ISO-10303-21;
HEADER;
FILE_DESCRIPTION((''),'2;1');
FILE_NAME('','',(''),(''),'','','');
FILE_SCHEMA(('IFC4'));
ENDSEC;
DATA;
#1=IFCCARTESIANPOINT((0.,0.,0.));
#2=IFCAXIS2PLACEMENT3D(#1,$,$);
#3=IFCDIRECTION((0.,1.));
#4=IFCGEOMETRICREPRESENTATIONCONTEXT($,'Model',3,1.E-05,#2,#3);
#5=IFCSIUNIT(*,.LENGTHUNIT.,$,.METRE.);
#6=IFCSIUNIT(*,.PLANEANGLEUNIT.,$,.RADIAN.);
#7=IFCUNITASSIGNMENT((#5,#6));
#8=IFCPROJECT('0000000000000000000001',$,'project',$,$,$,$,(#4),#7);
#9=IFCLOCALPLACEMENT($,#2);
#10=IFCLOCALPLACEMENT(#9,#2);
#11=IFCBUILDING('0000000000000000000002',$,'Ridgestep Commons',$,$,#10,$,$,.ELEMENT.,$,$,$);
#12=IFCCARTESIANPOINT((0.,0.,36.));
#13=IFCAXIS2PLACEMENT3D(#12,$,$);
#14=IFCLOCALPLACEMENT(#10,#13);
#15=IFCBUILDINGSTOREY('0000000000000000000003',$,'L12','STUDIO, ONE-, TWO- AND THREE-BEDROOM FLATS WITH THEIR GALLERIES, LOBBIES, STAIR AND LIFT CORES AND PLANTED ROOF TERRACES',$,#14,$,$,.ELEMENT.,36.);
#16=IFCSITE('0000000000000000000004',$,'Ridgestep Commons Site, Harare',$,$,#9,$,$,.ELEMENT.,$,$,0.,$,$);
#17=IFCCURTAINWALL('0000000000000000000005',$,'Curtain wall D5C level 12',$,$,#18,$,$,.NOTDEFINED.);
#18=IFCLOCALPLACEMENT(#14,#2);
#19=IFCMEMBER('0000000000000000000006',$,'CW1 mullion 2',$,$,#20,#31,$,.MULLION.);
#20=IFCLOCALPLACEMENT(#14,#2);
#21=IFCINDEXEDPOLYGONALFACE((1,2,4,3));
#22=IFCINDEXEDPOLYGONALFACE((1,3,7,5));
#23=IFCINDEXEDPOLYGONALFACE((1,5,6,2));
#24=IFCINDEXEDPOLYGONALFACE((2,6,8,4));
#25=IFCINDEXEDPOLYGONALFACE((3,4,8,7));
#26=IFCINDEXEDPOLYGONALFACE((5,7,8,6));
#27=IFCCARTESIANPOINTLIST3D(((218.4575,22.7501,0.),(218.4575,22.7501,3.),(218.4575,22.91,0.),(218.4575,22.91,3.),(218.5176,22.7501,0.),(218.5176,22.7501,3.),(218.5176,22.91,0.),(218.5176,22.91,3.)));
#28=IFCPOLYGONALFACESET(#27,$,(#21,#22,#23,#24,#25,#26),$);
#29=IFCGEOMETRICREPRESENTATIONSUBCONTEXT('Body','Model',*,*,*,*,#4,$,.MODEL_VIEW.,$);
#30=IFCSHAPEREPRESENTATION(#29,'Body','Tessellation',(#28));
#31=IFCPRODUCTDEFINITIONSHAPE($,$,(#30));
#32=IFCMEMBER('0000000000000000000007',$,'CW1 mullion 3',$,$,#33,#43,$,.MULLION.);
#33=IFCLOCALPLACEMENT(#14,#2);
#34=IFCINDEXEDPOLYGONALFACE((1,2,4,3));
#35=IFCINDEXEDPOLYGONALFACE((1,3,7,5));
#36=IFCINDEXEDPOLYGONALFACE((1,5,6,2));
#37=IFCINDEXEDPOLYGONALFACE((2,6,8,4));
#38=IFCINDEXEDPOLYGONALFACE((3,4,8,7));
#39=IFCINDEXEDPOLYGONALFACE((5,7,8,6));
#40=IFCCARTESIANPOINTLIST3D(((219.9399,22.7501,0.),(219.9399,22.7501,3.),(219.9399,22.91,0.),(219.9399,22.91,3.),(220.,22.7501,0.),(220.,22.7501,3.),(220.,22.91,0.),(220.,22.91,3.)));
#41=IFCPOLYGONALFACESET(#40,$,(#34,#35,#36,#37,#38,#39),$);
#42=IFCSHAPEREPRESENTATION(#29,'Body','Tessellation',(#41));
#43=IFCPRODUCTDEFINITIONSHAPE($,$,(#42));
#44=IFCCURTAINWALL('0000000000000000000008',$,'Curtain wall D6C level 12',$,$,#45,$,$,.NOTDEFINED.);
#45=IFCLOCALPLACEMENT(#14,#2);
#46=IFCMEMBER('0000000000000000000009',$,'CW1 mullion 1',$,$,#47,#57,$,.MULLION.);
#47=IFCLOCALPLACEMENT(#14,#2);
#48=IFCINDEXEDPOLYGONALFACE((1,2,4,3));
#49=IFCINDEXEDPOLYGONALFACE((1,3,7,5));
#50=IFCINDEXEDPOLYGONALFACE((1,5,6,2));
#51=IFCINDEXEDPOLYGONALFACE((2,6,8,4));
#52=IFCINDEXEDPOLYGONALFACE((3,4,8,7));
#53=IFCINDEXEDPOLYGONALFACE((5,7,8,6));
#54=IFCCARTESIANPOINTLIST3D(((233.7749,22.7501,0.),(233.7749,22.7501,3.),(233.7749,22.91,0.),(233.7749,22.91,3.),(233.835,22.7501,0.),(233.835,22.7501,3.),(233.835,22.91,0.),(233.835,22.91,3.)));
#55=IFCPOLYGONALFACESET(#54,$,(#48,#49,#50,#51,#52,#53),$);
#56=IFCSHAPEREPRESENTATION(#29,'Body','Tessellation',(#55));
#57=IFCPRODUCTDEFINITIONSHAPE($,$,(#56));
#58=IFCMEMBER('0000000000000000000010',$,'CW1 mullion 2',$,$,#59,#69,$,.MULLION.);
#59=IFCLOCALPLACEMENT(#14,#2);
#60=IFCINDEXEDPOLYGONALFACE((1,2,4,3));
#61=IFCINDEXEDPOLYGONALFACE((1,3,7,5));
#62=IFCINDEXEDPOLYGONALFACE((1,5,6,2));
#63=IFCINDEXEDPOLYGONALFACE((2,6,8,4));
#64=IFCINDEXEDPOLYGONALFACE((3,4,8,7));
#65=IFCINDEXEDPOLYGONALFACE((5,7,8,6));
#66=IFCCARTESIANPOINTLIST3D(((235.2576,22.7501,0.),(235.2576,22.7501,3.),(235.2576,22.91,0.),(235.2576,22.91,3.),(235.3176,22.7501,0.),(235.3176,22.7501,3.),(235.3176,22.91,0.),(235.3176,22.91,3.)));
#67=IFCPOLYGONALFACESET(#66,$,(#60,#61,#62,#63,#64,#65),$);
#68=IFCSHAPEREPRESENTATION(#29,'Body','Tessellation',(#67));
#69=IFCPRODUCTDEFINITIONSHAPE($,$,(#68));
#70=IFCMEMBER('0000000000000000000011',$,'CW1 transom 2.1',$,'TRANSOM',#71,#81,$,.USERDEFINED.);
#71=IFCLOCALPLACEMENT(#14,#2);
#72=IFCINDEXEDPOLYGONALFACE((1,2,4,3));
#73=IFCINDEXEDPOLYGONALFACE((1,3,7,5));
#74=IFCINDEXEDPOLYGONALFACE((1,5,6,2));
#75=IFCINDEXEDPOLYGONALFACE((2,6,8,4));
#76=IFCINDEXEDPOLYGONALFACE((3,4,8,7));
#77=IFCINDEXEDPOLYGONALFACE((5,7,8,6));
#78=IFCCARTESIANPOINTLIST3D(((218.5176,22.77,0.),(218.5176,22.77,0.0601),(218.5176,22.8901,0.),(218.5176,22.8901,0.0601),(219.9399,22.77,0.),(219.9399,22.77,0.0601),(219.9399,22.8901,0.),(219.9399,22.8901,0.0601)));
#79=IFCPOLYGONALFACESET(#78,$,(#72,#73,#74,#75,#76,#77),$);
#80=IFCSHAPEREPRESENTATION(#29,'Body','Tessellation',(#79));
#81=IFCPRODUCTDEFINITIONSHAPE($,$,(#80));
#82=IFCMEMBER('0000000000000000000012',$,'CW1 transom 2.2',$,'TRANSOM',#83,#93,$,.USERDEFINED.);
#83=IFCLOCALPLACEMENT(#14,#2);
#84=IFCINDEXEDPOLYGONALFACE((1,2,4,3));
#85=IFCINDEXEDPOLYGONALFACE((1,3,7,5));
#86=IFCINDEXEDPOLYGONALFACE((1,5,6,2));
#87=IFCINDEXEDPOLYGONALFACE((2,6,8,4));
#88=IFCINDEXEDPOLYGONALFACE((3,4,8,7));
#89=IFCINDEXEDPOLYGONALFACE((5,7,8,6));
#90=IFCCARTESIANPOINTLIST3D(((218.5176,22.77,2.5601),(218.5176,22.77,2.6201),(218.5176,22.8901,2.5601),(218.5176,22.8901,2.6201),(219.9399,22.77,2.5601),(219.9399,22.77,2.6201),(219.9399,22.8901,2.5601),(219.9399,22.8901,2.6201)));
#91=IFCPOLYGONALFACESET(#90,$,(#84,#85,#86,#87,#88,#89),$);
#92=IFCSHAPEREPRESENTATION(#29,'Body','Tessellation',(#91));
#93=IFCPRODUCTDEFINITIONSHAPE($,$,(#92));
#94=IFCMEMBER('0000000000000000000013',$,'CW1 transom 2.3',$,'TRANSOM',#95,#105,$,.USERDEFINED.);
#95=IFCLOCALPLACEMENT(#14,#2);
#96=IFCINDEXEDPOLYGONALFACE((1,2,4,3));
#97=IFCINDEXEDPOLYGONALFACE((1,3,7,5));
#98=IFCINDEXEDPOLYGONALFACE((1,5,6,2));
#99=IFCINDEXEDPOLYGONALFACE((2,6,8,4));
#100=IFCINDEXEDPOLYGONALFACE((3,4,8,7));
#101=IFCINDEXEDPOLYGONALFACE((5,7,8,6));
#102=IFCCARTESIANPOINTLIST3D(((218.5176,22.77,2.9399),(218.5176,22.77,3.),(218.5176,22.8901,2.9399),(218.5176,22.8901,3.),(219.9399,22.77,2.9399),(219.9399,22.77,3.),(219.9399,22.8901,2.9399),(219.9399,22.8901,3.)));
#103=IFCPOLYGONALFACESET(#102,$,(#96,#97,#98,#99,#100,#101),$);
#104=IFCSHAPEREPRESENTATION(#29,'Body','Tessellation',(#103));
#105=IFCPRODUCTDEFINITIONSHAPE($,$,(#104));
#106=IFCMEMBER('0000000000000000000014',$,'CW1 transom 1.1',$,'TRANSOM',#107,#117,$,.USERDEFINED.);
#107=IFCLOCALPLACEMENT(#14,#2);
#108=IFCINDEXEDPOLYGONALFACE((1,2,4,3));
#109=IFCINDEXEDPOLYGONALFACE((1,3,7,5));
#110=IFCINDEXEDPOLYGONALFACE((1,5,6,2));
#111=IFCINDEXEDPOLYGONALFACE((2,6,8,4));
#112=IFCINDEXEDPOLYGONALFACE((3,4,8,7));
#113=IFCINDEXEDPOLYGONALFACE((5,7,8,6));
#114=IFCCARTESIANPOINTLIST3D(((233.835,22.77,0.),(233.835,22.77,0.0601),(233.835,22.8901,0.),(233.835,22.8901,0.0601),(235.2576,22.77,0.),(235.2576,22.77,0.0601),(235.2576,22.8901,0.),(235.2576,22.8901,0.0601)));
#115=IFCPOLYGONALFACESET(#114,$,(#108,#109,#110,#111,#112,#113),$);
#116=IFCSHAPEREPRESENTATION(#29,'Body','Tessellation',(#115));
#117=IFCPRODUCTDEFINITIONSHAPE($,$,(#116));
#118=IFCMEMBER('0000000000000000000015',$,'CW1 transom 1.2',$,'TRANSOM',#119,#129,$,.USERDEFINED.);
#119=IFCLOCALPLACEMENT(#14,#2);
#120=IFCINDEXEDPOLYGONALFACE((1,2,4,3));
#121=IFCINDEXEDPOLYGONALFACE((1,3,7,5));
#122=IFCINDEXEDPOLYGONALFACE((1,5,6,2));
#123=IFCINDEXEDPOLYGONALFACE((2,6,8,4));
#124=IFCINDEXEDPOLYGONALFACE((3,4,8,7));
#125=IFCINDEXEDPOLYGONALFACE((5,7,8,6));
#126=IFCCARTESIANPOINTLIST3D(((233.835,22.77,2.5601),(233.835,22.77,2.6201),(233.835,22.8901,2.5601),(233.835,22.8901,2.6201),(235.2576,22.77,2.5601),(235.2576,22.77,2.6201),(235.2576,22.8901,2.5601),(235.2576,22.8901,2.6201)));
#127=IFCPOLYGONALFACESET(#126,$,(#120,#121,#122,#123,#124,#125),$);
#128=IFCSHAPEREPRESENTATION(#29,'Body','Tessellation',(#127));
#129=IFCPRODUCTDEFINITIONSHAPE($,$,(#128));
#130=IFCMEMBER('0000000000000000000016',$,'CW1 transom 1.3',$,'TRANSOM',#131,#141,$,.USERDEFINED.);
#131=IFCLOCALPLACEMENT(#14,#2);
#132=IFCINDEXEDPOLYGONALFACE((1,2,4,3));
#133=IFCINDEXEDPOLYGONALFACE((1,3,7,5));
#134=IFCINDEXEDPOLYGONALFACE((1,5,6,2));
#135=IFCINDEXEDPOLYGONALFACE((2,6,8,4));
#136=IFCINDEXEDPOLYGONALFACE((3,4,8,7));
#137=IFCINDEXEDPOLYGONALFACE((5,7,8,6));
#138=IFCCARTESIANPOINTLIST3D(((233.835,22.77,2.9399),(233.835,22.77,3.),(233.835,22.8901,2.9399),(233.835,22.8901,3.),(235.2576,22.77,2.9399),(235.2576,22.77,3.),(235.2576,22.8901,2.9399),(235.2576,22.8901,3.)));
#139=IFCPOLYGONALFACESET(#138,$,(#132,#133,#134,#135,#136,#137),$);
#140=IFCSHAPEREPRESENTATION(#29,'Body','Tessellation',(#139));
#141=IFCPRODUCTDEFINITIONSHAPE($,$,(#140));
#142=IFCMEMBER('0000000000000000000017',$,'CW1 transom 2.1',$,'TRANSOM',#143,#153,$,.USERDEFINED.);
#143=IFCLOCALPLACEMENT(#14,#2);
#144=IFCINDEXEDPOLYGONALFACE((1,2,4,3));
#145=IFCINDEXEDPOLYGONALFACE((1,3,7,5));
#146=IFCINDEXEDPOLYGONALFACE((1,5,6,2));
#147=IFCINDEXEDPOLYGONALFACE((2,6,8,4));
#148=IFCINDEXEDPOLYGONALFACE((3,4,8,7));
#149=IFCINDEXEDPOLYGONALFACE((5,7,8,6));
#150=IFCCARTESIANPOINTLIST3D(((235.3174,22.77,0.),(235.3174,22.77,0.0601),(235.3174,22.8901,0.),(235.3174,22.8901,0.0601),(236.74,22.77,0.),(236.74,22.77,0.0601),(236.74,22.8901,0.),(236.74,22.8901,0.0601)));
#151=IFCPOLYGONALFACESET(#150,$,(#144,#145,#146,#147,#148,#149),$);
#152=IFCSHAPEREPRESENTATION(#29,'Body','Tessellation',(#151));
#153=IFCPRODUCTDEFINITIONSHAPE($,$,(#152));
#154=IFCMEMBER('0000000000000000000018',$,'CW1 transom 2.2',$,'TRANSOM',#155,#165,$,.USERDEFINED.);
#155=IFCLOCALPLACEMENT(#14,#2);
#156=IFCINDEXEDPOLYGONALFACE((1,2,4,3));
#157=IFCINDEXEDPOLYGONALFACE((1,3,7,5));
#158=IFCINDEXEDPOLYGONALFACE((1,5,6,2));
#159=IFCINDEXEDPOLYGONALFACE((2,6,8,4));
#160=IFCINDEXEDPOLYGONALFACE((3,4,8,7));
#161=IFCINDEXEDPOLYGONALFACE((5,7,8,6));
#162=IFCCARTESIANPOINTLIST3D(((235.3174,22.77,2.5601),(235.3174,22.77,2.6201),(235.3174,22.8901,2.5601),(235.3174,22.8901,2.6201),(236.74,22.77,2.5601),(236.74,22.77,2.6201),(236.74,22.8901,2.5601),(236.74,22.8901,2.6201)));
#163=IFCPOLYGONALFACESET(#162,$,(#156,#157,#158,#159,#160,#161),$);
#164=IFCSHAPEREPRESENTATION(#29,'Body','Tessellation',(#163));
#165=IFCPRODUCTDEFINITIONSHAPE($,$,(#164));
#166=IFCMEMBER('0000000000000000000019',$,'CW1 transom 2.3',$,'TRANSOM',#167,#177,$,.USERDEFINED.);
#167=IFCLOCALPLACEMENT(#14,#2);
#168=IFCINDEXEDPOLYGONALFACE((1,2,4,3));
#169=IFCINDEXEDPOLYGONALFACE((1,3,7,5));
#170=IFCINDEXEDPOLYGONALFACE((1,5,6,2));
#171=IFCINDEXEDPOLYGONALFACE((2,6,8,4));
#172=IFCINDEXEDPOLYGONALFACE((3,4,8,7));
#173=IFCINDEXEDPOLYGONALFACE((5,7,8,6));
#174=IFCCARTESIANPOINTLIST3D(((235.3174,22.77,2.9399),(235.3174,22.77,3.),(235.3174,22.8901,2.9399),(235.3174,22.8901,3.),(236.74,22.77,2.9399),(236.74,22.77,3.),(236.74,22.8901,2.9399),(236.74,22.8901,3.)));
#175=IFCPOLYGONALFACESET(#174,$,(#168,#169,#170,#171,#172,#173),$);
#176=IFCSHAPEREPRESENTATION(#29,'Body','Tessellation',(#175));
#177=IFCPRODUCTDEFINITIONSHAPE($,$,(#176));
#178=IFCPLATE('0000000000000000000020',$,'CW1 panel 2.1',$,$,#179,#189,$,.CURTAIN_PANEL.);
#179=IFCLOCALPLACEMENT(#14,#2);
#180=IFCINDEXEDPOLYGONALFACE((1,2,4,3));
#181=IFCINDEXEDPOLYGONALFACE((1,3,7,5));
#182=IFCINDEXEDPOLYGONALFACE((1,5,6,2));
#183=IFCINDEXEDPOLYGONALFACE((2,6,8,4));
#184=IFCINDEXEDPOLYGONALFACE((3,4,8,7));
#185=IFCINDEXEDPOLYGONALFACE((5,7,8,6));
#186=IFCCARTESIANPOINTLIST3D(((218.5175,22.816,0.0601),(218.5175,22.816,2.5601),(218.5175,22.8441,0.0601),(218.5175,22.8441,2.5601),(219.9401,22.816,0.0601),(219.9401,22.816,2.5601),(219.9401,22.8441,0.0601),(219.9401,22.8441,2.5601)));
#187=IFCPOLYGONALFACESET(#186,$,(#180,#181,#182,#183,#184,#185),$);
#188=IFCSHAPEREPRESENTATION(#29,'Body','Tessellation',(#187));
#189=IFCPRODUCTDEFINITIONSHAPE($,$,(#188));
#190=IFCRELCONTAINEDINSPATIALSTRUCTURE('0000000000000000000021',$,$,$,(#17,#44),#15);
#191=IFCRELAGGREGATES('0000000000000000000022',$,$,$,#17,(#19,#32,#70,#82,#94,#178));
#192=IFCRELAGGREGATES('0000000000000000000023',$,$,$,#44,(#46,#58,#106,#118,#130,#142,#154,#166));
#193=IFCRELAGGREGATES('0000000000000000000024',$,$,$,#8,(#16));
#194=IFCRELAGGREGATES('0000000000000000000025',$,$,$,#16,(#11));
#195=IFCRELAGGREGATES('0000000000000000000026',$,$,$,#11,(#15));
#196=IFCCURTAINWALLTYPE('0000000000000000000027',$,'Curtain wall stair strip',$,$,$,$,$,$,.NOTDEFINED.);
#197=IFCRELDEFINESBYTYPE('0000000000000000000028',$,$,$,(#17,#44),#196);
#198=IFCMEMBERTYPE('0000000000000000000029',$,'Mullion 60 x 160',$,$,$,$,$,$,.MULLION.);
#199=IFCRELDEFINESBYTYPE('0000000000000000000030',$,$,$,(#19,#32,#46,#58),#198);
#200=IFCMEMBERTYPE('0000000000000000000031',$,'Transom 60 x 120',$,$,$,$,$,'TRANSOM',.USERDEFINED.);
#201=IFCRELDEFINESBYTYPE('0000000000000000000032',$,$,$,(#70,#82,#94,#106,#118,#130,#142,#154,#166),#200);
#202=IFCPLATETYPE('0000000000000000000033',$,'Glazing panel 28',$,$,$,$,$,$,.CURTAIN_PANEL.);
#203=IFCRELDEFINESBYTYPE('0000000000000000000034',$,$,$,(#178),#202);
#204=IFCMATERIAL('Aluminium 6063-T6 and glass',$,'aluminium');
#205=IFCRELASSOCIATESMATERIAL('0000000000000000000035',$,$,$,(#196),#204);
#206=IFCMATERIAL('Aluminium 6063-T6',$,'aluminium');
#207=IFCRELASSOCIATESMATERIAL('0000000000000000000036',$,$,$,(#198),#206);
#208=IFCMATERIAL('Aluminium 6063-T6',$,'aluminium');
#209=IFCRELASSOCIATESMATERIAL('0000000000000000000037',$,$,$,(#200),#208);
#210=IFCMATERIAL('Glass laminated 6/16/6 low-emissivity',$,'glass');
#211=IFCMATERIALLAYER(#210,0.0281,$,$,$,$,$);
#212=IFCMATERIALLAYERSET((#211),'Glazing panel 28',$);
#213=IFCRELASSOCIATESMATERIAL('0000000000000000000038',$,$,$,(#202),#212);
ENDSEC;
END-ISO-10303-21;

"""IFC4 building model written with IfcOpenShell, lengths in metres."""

from ifc_helpers import new_model, si_unit, direction, frame, origin, origin_2d, place, context, subcontext, project, spatial, rectangle, extrude, material, layer, layer_set, material_profile, profile_set, type_object, element, aggregate, save


model = new_model("IFC4")

# Units and contexts
model_context = context("Model", 3, precision=1e-05, world=origin(), true_north=direction((0.0, 1.0)))
body_context = subcontext(model_context, "Body", "Model", "MODEL_VIEW")
ifc_project = project(units=[si_unit("LENGTHUNIT", "METRE"), si_unit("PLANEANGLEUNIT", "RADIAN")], contexts=[model_context])

# Site, building, storey
site_placement = place(None, origin())
site = spatial("IfcSite", under=ifc_project, at=site_placement, Name="Ridgestep Commons Site, Harare", CompositionType="ELEMENT", RefElevation=0.0)
building_placement = place(site_placement, origin())
building = spatial("IfcBuilding", under=site, at=building_placement, Name="Ridgestep Commons", CompositionType="ELEMENT")
storey_placement = place(building_placement, frame((0.0, 0.0, 36.0)))
storey = spatial("IfcBuildingStorey", under=building, at=storey_placement, Name="L12", Description="STUDIO, ONE-, TWO- AND THREE-BEDROOM FLATS WITH THEIR GALLERIES, LOBBIES, STAIR AND LIFT CORES AND PLANTED ROOF TERRACES", CompositionType="ELEMENT", Elevation=36.0)

# Curtain walls, members
ifc_material_1 = material(Name="Aluminium 6063-T6 and glass", Category="aluminium")
curtain_wall_type = type_object("IfcCurtainWallType", Name="Curtain wall stair strip", PredefinedType="NOTDEFINED", material=ifc_material_1)
curtain_wall_1_placement = place(storey_placement, origin())
curtain_wall_1 = element("IfcCurtainWall", 1, at=curtain_wall_1_placement, inside=storey, type_object=curtain_wall_type, Name="Curtain wall D5C level 12", PredefinedType="NOTDEFINED")
ifc_material_2 = material(Name="Aluminium 6063-T6", Category="aluminium")
ifc_material_profile_1 = material_profile(ifc_material_2, rectangle(XDim=0.1599, YDim=0.0601, at=origin_2d()), Name="Mullion 60 x 160")
ifc_profile_set_1 = profile_set([ifc_material_profile_1], Name="Aluminium 6063-T6")
member_type_1 = type_object("IfcMemberType", Name="Mullion 60 x 160", PredefinedType="MULLION", material=ifc_profile_set_1)
member_1_placement = place(storey_placement, frame((218.4875, 22.8301, 0.0), z_axis=(0.0, 0.0, 1.0), x_axis=(0.0, 1.0, 0.0)))
member_1 = element("IfcMember", 2, at=member_1_placement, type_object=member_type_1, Name="CW1 mullion 2", PredefinedType="MULLION", context=body_context, shape_type="SweptSolid", body=[
    extrude(rectangle(XDim=0.1599, YDim=0.0601, at=origin_2d()), origin(), (0.0, 0.0, 1.0), 3.0),
])
member_2_placement = place(storey_placement, frame((219.97, 22.8301, 0.0), z_axis=(0.0, 0.0, 1.0), x_axis=(0.0, 1.0, 0.0)))
member_2 = element("IfcMember", 3, at=member_2_placement, type_object=member_type_1, Name="CW1 mullion 3", PredefinedType="MULLION", context=body_context, shape_type="SweptSolid", body=[
    extrude(rectangle(XDim=0.1599, YDim=0.0601, at=origin_2d()), origin(), (0.0, 0.0, 1.0), 3.0),
])
curtain_wall_2_placement = place(storey_placement, origin())
curtain_wall_2 = element("IfcCurtainWall", 4, at=curtain_wall_2_placement, inside=storey, type_object=curtain_wall_type, Name="Curtain wall D6C level 12", PredefinedType="NOTDEFINED")
member_3_placement = place(storey_placement, frame((233.8049, 22.8301, 0.0), z_axis=(0.0, 0.0, 1.0), x_axis=(0.0, 1.0, 0.0)))
member_3 = element("IfcMember", 5, at=member_3_placement, type_object=member_type_1, Name="CW1 mullion 1", PredefinedType="MULLION", context=body_context, shape_type="SweptSolid", body=[
    extrude(rectangle(XDim=0.1599, YDim=0.0601, at=origin_2d()), origin(), (0.0, 0.0, 1.0), 3.0),
])
member_4_placement = place(storey_placement, frame((235.2876, 22.8301, 0.0), z_axis=(0.0, 0.0, 1.0), x_axis=(0.0, 1.0, 0.0)))
member_4 = element("IfcMember", 6, at=member_4_placement, type_object=member_type_1, Name="CW1 mullion 2", PredefinedType="MULLION", context=body_context, shape_type="SweptSolid", body=[
    extrude(rectangle(XDim=0.1599, YDim=0.0601, at=origin_2d()), origin(), (0.0, 0.0, 1.0), 3.0),
])

# Members
ifc_material_3 = material(Name="Aluminium 6063-T6", Category="aluminium")
ifc_material_profile_2 = material_profile(ifc_material_3, rectangle(XDim=0.1201, YDim=0.0601, at=origin_2d()), Name="Transom 60 x 120")
ifc_profile_set_2 = profile_set([ifc_material_profile_2], Name="Aluminium 6063-T6")
member_type_2 = type_object("IfcMemberType", Name="Transom 60 x 120", ElementType="TRANSOM", PredefinedType="USERDEFINED", material=ifc_profile_set_2)
member_5_placement = place(storey_placement, frame((218.5176, 22.8301, 0.03), z_axis=(1.0, 0.0, 0.0), x_axis=(0.0, 1.0, 0.0)))
member_5 = element("IfcMember", 7, at=member_5_placement, type_object=member_type_2, Name="CW1 transom 2.1", ObjectType="TRANSOM", PredefinedType="USERDEFINED", context=body_context, shape_type="SweptSolid", body=[
    extrude(rectangle(XDim=0.1201, YDim=0.0601, at=origin_2d()), origin(), (0.0, 0.0, 1.0), 1.4224),
])
member_6_placement = place(storey_placement, frame((218.5176, 22.8301, 2.5901), z_axis=(1.0, 0.0, 0.0), x_axis=(0.0, 1.0, 0.0)))
member_6 = element("IfcMember", 8, at=member_6_placement, type_object=member_type_2, Name="CW1 transom 2.2", ObjectType="TRANSOM", PredefinedType="USERDEFINED", context=body_context, shape_type="SweptSolid", body=[
    extrude(rectangle(XDim=0.1201, YDim=0.0601, at=origin_2d()), origin(), (0.0, 0.0, 1.0), 1.4224),
])
member_7_placement = place(storey_placement, frame((218.5176, 22.8301, 2.97), z_axis=(1.0, 0.0, 0.0), x_axis=(0.0, 1.0, 0.0)))
member_7 = element("IfcMember", 9, at=member_7_placement, type_object=member_type_2, Name="CW1 transom 2.3", ObjectType="TRANSOM", PredefinedType="USERDEFINED", context=body_context, shape_type="SweptSolid", body=[
    extrude(rectangle(XDim=0.1201, YDim=0.0601, at=origin_2d()), origin(), (0.0, 0.0, 1.0), 1.4224),
])
member_8_placement = place(storey_placement, frame((233.835, 22.8301, 0.03), z_axis=(1.0, 0.0, 0.0), x_axis=(0.0, 1.0, 0.0)))
member_8 = element("IfcMember", 10, at=member_8_placement, type_object=member_type_2, Name="CW1 transom 1.1", ObjectType="TRANSOM", PredefinedType="USERDEFINED", context=body_context, shape_type="SweptSolid", body=[
    extrude(rectangle(XDim=0.1201, YDim=0.0601, at=origin_2d()), origin(), (0.0, 0.0, 1.0), 1.4226),
])
member_9_placement = place(storey_placement, frame((233.835, 22.8301, 2.5901), z_axis=(1.0, 0.0, 0.0), x_axis=(0.0, 1.0, 0.0)))
member_9 = element("IfcMember", 11, at=member_9_placement, type_object=member_type_2, Name="CW1 transom 1.2", ObjectType="TRANSOM", PredefinedType="USERDEFINED", context=body_context, shape_type="SweptSolid", body=[
    extrude(rectangle(XDim=0.1201, YDim=0.0601, at=origin_2d()), origin(), (0.0, 0.0, 1.0), 1.4226),
])
member_10_placement = place(storey_placement, frame((233.835, 22.8301, 2.97), z_axis=(1.0, 0.0, 0.0), x_axis=(0.0, 1.0, 0.0)))
member_10 = element("IfcMember", 12, at=member_10_placement, type_object=member_type_2, Name="CW1 transom 1.3", ObjectType="TRANSOM", PredefinedType="USERDEFINED", context=body_context, shape_type="SweptSolid", body=[
    extrude(rectangle(XDim=0.1201, YDim=0.0601, at=origin_2d()), origin(), (0.0, 0.0, 1.0), 1.4226),
])
member_11_placement = place(storey_placement, frame((235.3174, 22.8301, 0.03), z_axis=(1.0, 0.0, 0.0), x_axis=(0.0, 1.0, 0.0)))
member_11 = element("IfcMember", 13, at=member_11_placement, type_object=member_type_2, Name="CW1 transom 2.1", ObjectType="TRANSOM", PredefinedType="USERDEFINED", context=body_context, shape_type="SweptSolid", body=[
    extrude(rectangle(XDim=0.1201, YDim=0.0601, at=origin_2d()), origin(), (0.0, 0.0, 1.0), 1.4226),
])
member_12_placement = place(storey_placement, frame((235.3174, 22.8301, 2.5901), z_axis=(1.0, 0.0, 0.0), x_axis=(0.0, 1.0, 0.0)))
member_12 = element("IfcMember", 14, at=member_12_placement, type_object=member_type_2, Name="CW1 transom 2.2", ObjectType="TRANSOM", PredefinedType="USERDEFINED", context=body_context, shape_type="SweptSolid", body=[
    extrude(rectangle(XDim=0.1201, YDim=0.0601, at=origin_2d()), origin(), (0.0, 0.0, 1.0), 1.4226),
])
member_13_placement = place(storey_placement, frame((235.3174, 22.8301, 2.97), z_axis=(1.0, 0.0, 0.0), x_axis=(0.0, 1.0, 0.0)))
member_13 = element("IfcMember", 15, at=member_13_placement, type_object=member_type_2, Name="CW1 transom 2.3", ObjectType="TRANSOM", PredefinedType="USERDEFINED", context=body_context, shape_type="SweptSolid", body=[
    extrude(rectangle(XDim=0.1201, YDim=0.0601, at=origin_2d()), origin(), (0.0, 0.0, 1.0), 1.4226),
])

# Plate
ifc_material_4 = material(Name="Glass laminated 6/16/6 low-emissivity", Category="glass")
ifc_layer_1 = layer(ifc_material_4, 0.0281)
ifc_layer_set_1 = layer_set([ifc_layer_1], Name="Glazing panel 28")
plate_type_1 = type_object("IfcPlateType", Name="Glazing panel 28", PredefinedType="CURTAIN_PANEL", material=ifc_layer_set_1)
plate_1_placement = place(storey_placement, frame((219.2288, 22.8301, 0.0601), z_axis=(0.0, 0.0, 1.0), x_axis=(1.0, 0.0, 0.0)))
plate_1 = element("IfcPlate", 16, at=plate_1_placement, type_object=plate_type_1, Name="CW1 panel 2.1", PredefinedType="CURTAIN_PANEL", context=body_context, shape_type="SweptSolid", body=[
    extrude(rectangle(XDim=1.4226, YDim=0.0281, at=origin_2d()), origin(), (0.0, 0.0, 1.0), 2.5),
])
aggregate(curtain_wall_1, [member_1, member_2, member_5, member_6, member_7, plate_1])
aggregate(curtain_wall_2, [member_3, member_4, member_8, member_9, member_10, member_11, member_12, member_13])

save(model, "model.ifc")
